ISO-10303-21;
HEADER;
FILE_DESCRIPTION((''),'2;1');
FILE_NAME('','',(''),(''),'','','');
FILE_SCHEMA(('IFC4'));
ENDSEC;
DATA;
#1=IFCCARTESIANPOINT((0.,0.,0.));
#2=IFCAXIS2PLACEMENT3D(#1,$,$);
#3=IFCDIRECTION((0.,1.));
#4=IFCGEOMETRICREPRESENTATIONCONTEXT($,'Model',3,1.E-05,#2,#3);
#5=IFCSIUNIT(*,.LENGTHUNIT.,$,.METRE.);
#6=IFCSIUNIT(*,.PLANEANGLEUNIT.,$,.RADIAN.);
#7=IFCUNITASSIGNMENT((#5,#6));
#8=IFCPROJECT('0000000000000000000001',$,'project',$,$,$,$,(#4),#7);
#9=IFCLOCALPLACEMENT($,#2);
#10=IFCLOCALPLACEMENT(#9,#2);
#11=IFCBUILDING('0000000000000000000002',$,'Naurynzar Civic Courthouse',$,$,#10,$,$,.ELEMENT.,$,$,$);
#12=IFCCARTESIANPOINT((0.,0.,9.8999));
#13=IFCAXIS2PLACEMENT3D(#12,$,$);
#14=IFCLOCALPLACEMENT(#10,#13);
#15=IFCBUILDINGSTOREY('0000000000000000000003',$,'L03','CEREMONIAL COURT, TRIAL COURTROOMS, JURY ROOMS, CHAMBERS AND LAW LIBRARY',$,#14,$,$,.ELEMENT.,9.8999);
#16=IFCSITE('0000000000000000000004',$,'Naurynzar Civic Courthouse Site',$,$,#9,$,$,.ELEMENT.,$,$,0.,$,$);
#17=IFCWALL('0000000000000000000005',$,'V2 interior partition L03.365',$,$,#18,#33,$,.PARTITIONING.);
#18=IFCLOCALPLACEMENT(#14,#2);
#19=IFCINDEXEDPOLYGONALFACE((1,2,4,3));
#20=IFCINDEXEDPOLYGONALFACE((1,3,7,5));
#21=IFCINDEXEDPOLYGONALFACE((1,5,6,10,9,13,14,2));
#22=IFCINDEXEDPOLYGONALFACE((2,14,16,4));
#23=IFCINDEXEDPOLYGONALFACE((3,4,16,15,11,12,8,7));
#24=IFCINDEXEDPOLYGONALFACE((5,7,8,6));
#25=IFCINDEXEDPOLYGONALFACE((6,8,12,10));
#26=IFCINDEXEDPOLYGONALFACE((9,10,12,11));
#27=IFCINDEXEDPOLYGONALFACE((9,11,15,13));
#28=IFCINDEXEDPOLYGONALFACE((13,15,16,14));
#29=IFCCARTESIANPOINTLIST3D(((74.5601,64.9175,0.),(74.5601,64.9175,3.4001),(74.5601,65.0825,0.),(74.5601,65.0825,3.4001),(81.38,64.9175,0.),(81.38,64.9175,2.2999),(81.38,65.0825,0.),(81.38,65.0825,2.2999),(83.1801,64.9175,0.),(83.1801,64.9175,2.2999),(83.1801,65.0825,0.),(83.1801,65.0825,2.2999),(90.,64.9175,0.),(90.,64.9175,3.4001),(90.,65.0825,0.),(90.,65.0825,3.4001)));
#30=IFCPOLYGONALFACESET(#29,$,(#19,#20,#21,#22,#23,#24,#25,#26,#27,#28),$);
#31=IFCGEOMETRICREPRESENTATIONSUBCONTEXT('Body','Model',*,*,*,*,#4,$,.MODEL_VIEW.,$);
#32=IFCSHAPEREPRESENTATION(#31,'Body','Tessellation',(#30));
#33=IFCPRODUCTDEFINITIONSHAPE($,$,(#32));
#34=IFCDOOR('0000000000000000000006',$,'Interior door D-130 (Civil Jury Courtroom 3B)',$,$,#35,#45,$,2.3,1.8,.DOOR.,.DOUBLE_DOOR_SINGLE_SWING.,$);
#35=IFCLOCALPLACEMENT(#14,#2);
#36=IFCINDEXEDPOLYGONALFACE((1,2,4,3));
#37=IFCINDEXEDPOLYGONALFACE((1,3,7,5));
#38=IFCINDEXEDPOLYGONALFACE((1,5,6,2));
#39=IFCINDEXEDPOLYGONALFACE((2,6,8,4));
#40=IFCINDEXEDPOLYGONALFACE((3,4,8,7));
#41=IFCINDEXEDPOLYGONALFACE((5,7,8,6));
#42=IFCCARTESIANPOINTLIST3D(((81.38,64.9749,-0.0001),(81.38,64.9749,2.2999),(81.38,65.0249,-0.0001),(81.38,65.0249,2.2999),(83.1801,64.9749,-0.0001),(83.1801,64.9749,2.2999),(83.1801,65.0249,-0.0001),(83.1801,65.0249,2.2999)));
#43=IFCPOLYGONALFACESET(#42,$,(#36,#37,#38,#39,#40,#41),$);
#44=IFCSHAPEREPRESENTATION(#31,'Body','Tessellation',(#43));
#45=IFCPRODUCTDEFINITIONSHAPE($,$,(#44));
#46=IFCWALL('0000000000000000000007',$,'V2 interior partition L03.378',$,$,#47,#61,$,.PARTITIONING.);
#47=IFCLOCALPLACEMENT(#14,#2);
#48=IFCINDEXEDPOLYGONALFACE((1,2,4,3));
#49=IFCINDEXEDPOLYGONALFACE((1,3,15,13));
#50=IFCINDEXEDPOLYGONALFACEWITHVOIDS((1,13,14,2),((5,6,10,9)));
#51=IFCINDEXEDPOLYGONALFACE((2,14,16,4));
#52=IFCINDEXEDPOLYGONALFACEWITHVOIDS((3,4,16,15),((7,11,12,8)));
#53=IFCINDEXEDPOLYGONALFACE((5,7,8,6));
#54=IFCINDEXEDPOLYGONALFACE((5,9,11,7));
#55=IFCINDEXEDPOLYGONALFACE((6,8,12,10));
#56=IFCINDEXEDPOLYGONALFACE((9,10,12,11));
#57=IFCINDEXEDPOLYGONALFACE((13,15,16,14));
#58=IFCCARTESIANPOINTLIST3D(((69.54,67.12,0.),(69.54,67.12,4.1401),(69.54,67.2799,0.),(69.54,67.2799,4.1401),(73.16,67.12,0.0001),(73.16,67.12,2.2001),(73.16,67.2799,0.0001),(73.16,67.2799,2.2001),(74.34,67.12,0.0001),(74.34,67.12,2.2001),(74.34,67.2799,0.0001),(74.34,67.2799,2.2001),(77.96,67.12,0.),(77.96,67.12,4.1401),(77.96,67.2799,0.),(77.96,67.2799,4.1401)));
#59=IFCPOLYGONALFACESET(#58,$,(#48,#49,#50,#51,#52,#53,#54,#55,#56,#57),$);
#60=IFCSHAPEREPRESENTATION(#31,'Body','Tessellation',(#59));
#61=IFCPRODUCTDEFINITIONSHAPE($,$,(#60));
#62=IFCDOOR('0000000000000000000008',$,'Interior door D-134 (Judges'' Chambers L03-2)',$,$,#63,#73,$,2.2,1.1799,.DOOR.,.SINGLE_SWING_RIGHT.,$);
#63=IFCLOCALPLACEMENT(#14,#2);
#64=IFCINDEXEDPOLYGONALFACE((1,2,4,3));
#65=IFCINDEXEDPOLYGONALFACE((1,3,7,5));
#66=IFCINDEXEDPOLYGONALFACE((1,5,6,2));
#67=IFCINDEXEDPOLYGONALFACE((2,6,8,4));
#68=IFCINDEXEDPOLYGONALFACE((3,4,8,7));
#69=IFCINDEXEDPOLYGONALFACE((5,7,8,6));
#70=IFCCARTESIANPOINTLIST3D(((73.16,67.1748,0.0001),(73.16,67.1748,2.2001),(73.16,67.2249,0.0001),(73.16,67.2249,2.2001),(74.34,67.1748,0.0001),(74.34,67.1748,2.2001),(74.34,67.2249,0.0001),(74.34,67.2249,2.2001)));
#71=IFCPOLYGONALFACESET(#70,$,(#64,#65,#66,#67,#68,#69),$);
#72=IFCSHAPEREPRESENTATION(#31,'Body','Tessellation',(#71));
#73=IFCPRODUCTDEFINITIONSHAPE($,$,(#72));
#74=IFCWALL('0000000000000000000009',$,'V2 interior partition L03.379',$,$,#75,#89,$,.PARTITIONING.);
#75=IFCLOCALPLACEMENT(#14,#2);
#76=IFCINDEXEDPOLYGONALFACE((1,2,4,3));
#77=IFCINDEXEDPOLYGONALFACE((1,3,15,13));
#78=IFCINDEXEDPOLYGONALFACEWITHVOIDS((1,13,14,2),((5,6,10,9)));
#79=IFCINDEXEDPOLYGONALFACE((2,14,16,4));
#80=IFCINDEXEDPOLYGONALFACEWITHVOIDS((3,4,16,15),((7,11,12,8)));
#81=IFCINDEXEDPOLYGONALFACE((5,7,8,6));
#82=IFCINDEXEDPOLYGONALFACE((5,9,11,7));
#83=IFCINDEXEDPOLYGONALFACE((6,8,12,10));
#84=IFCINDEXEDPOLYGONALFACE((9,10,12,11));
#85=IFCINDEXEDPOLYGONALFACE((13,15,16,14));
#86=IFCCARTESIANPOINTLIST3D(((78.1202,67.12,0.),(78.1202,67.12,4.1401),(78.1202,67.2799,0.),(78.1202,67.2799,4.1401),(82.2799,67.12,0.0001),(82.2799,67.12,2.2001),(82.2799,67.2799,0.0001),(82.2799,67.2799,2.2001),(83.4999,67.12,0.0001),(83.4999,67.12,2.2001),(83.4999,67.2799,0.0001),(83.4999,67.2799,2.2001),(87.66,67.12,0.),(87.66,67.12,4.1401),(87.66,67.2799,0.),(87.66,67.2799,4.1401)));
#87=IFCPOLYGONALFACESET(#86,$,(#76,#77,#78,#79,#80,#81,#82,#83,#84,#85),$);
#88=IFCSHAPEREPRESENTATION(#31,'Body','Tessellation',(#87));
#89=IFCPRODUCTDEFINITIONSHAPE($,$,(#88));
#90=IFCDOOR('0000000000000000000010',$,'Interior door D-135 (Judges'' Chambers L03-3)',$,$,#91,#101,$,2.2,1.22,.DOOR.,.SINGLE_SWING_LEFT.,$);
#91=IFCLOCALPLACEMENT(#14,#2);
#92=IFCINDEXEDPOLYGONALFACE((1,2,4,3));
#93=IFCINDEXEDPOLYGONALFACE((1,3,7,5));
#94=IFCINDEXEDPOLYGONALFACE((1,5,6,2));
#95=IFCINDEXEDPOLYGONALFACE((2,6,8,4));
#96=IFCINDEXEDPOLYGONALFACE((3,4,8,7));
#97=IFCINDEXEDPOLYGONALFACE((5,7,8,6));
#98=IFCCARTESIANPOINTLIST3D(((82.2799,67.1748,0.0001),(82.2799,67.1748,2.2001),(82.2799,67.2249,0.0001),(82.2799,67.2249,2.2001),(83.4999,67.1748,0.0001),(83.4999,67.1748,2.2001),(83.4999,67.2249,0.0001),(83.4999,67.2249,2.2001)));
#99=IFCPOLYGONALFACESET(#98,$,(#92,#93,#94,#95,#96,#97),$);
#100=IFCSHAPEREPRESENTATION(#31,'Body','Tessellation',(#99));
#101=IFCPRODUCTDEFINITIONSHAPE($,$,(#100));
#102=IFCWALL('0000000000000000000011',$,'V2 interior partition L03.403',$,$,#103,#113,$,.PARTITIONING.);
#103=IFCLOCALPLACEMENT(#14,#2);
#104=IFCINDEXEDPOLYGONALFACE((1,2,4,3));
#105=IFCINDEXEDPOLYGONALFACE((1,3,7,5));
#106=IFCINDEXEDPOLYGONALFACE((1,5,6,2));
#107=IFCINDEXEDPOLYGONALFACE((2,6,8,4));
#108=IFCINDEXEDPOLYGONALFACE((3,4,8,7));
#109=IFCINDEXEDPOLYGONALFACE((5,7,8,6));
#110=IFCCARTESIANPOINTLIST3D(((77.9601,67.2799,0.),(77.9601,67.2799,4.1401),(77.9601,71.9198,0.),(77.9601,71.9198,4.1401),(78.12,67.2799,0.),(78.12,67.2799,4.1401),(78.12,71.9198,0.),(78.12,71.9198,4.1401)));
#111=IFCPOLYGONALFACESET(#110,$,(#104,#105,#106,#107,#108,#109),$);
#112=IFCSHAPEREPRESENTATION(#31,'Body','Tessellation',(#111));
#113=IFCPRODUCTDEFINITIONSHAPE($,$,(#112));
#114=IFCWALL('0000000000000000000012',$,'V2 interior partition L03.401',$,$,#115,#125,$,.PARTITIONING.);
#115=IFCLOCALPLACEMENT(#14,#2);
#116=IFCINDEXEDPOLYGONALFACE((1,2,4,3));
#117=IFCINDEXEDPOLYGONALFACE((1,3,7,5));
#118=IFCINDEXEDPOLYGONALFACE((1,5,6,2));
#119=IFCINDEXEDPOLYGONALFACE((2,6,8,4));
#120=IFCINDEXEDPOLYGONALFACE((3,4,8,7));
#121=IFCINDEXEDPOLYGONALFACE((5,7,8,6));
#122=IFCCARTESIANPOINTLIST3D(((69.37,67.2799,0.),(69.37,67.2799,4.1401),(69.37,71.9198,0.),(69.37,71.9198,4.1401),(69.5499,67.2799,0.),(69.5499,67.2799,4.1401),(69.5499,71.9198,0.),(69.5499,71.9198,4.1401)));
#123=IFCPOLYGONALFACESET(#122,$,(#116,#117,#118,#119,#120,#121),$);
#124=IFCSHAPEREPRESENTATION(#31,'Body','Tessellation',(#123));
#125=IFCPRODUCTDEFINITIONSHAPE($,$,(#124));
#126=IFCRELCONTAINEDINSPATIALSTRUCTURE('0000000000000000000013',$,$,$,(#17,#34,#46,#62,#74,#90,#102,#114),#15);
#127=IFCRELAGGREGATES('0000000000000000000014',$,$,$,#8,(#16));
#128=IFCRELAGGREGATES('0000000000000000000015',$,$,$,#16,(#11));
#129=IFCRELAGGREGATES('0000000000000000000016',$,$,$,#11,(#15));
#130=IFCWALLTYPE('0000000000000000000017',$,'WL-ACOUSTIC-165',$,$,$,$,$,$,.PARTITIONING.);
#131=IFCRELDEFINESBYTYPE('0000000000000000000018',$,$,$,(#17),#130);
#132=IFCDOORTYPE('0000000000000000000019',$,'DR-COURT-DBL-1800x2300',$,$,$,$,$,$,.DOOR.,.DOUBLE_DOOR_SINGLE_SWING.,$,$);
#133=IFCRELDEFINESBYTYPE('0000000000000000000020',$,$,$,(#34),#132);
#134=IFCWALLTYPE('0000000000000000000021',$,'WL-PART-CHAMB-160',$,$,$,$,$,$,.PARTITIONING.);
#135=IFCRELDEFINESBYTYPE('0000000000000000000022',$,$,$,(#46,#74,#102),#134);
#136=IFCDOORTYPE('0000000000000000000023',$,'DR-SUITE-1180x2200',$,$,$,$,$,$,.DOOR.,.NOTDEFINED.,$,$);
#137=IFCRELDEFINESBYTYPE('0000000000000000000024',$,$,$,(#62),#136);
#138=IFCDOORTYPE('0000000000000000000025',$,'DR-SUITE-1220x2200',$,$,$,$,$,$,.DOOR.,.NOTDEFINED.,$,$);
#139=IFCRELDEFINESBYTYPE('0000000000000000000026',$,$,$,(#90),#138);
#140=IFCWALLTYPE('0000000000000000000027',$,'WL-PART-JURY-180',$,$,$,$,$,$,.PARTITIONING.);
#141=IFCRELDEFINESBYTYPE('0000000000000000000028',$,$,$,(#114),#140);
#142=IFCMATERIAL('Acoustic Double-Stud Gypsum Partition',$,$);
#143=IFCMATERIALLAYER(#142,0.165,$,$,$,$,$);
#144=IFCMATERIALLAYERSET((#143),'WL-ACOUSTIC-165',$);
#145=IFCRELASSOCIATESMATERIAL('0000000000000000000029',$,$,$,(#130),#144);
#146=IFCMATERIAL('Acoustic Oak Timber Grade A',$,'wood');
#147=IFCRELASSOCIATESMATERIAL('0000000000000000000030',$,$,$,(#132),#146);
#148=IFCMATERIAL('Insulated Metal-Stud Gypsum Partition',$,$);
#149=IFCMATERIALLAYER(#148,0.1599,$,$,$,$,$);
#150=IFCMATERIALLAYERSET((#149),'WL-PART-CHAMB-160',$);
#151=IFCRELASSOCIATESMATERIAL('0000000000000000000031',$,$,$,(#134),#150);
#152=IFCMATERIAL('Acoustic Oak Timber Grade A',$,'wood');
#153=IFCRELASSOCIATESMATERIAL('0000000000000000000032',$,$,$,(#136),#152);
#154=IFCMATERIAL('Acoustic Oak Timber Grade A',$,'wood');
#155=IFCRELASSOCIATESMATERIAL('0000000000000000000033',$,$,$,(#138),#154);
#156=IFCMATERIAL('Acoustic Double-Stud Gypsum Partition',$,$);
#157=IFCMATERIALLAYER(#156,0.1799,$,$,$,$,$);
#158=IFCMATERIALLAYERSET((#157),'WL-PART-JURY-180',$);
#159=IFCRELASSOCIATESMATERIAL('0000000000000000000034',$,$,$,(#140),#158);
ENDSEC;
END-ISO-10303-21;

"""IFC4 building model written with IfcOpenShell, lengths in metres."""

from ifc_helpers import new_model, si_unit, direction, frame, frame_2d, origin, place, context, subcontext, project, spatial, rectangle, extrude, material, layer, layer_set, type_object, element, fill, save


model = new_model("IFC4")

# Units and contexts
model_context = context("Model", 3, precision=1e-05, world=origin(), true_north=direction((0.0, 1.0)))
body_context = subcontext(model_context, "Body", "Model", "MODEL_VIEW")
ifc_project = project(units=[si_unit("LENGTHUNIT", "METRE"), si_unit("PLANEANGLEUNIT", "RADIAN")], contexts=[model_context])

# Site, building, storey
site_placement = place(None, origin())
site = spatial("IfcSite", under=ifc_project, at=site_placement, Name="Naurynzar Civic Courthouse Site", CompositionType="ELEMENT", RefElevation=0.0)
building_placement = place(site_placement, origin())
building = spatial("IfcBuilding", under=site, at=building_placement, Name="Naurynzar Civic Courthouse", CompositionType="ELEMENT")
storey_placement = place(building_placement, frame((0.0, 0.0, 9.8999)))
storey = spatial("IfcBuildingStorey", under=building, at=storey_placement, Name="L03", Description="CEREMONIAL COURT, TRIAL COURTROOMS, JURY ROOMS, CHAMBERS AND LAW LIBRARY", CompositionType="ELEMENT", Elevation=9.8999)

# Walls, openings, doors
ifc_material_1 = material(Name="Acoustic Double-Stud Gypsum Partition")
ifc_layer_1 = layer(ifc_material_1, 0.165)
ifc_layer_set_1 = layer_set([ifc_layer_1], Name="WL-ACOUSTIC-165")
wall_type_1 = type_object("IfcWallType", Name="WL-ACOUSTIC-165", PredefinedType="PARTITIONING", material=ifc_layer_set_1)
wall_1_placement = place(storey_placement, frame((74.5601, 65.0, 0.0), z_axis=(0.0, 0.0, 1.0), x_axis=(1.0, 0.0, 0.0)))
wall_1 = element("IfcWall", 1, at=wall_1_placement, inside=storey, type_object=wall_type_1, Name="V2 interior partition L03.365", PredefinedType="PARTITIONING", context=body_context, shape_type="SweptSolid", body=[
    extrude(rectangle(XDim=15.4399, YDim=0.165, at=frame_2d((7.72, 0.0))), origin(), (0.0, 0.0, 1.0), 3.4001),
])
opening_1_placement = place(wall_1_placement, frame((6.8201, 0.0, 0.0)))
opening_1 = element("IfcOpeningElement", 2, at=opening_1_placement, cuts=wall_1, PredefinedType="OPENING", context=body_context, shape_type="SweptSolid", body=[
    extrude(rectangle(XDim=1.8, YDim=2.3, at=frame_2d((0.8999, 1.1499))), frame((0.0, 0.0925, 0.0), z_axis=(0.0, -1.0, 0.0), x_axis=(1.0, 0.0, 0.0)), (0.0, 0.0, 1.0), 0.1851),
])
ifc_material_2 = material(Name="Acoustic Oak Timber Grade A", Category="wood")
door_type_1 = type_object("IfcDoorType", Name="DR-COURT-DBL-1800x2300", OperationType="DOUBLE_DOOR_SINGLE_SWING", PredefinedType="DOOR", material=ifc_material_2)
door_1_placement = place(opening_1_placement, origin())
door_1 = element("IfcDoor", 3, at=door_1_placement, inside=storey, type_object=door_type_1, Name="Interior door D-130 (Civil Jury Courtroom 3B)", OperationType="DOUBLE_DOOR_SINGLE_SWING", OverallHeight=2.3, OverallWidth=1.8, PredefinedType="DOOR", context=body_context, shape_type="SweptSolid", body=[
    extrude(rectangle(XDim=1.8, YDim=2.3, at=frame_2d((0.8999, 1.1499))), frame((0.0, 0.0249, 0.0), z_axis=(0.0, -1.0, 0.0), x_axis=(1.0, 0.0, 0.0)), (0.0, 0.0, 1.0), 0.05),
])
fill(opening_1, door_1)
ifc_material_3 = material(Name="Insulated Metal-Stud Gypsum Partition")
ifc_layer_2 = layer(ifc_material_3, 0.1599)
ifc_layer_set_2 = layer_set([ifc_layer_2], Name="WL-PART-CHAMB-160")
wall_type_2 = type_object("IfcWallType", Name="WL-PART-CHAMB-160", PredefinedType="PARTITIONING", material=ifc_layer_set_2)
wall_2_placement = place(storey_placement, frame((69.54, 67.2, 0.0), z_axis=(0.0, 0.0, 1.0), x_axis=(1.0, 0.0, 0.0)))
wall_2 = element("IfcWall", 4, at=wall_2_placement, inside=storey, type_object=wall_type_2, Name="V2 interior partition L03.378", PredefinedType="PARTITIONING", context=body_context, shape_type="SweptSolid", body=[
    extrude(rectangle(XDim=8.4199, YDim=0.1599, at=frame_2d((4.21, 0.0))), origin(), (0.0, 0.0, 1.0), 4.1401),
])
opening_2_placement = place(wall_2_placement, frame((3.6201, 0.0, 0.0)))
opening_2 = element("IfcOpeningElement", 5, at=opening_2_placement, cuts=wall_2, PredefinedType="OPENING", context=body_context, shape_type="SweptSolid", body=[
    extrude(rectangle(XDim=1.1799, YDim=2.2, at=frame_2d((0.5898, 1.1001))), frame((0.0, 0.0898, 0.0), z_axis=(0.0, -1.0, 0.0), x_axis=(1.0, 0.0, 0.0)), (0.0, 0.0, 1.0), 0.1799),
])
ifc_material_4 = material(Name="Acoustic Oak Timber Grade A", Category="wood")
door_type_2 = type_object("IfcDoorType", Name="DR-SUITE-1180x2200", OperationType="NOTDEFINED", PredefinedType="DOOR", material=ifc_material_4)
door_2_placement = place(opening_2_placement, origin())
door_2 = element("IfcDoor", 6, at=door_2_placement, inside=storey, type_object=door_type_2, Name="Interior door D-134 (Judges' Chambers L03-2)", OperationType="SINGLE_SWING_RIGHT", OverallHeight=2.2, OverallWidth=1.1799, PredefinedType="DOOR", context=body_context, shape_type="SweptSolid", body=[
    extrude(rectangle(XDim=1.1799, YDim=2.2, at=frame_2d((0.5898, 1.1001))), frame((0.0, 0.0249, 0.0), z_axis=(0.0, -1.0, 0.0), x_axis=(1.0, 0.0, 0.0)), (0.0, 0.0, 1.0), 0.05),
])
fill(opening_2, door_2)
wall_3_placement = place(storey_placement, frame((78.1201, 67.2, 0.0), z_axis=(0.0, 0.0, 1.0), x_axis=(1.0, 0.0, 0.0)))
wall_3 = element("IfcWall", 7, at=wall_3_placement, inside=storey, type_object=wall_type_2, Name="V2 interior partition L03.379", PredefinedType="PARTITIONING", context=body_context, shape_type="SweptSolid", body=[
    extrude(rectangle(XDim=9.5398, YDim=0.1599, at=frame_2d((4.77, 0.0))), origin(), (0.0, 0.0, 1.0), 4.1401),
])
opening_3_placement = place(wall_3_placement, frame((4.1599, 0.0, 0.0)))
opening_3 = element("IfcOpeningElement", 8, at=opening_3_placement, cuts=wall_3, PredefinedType="OPENING", context=body_context, shape_type="SweptSolid", body=[
    extrude(rectangle(XDim=1.22, YDim=2.2, at=frame_2d((0.6099, 1.1001))), frame((0.0, 0.0898, 0.0), z_axis=(0.0, -1.0, 0.0), x_axis=(1.0, 0.0, 0.0)), (0.0, 0.0, 1.0), 0.1799),
])
ifc_material_5 = material(Name="Acoustic Oak Timber Grade A", Category="wood")
door_type_3 = type_object("IfcDoorType", Name="DR-SUITE-1220x2200", OperationType="NOTDEFINED", PredefinedType="DOOR", material=ifc_material_5)
door_3_placement = place(opening_3_placement, origin())
door_3 = element("IfcDoor", 9, at=door_3_placement, inside=storey, type_object=door_type_3, Name="Interior door D-135 (Judges' Chambers L03-3)", OperationType="SINGLE_SWING_LEFT", OverallHeight=2.2, OverallWidth=1.22, PredefinedType="DOOR", context=body_context, shape_type="SweptSolid", body=[
    extrude(rectangle(XDim=1.22, YDim=2.2, at=frame_2d((0.6099, 1.1001))), frame((0.0, 0.0249, 0.0), z_axis=(0.0, -1.0, 0.0), x_axis=(1.0, 0.0, 0.0)), (0.0, 0.0, 1.0), 0.05),
])
fill(opening_3, door_3)

# Walls
wall_4_placement = place(storey_placement, frame((78.04, 67.28, 0.0), z_axis=(0.0, 0.0, 1.0), x_axis=(0.0, 1.0, 0.0)))
element("IfcWall", 10, at=wall_4_placement, inside=storey, type_object=wall_type_2, Name="V2 interior partition L03.403", PredefinedType="PARTITIONING", context=body_context, shape_type="SweptSolid", body=[
    extrude(rectangle(XDim=4.6399, YDim=0.1599, at=frame_2d((2.3198, 0.0))), origin(), (0.0, 0.0, 1.0), 4.1401),
])
ifc_material_6 = material(Name="Acoustic Double-Stud Gypsum Partition")
ifc_layer_3 = layer(ifc_material_6, 0.1799)
ifc_layer_set_3 = layer_set([ifc_layer_3], Name="WL-PART-JURY-180")
wall_type_3 = type_object("IfcWallType", Name="WL-PART-JURY-180", PredefinedType="PARTITIONING", material=ifc_layer_set_3)
wall_5_placement = place(storey_placement, frame((69.46, 67.28, 0.0), z_axis=(0.0, 0.0, 1.0), x_axis=(0.0, 1.0, 0.0)))
element("IfcWall", 11, at=wall_5_placement, inside=storey, type_object=wall_type_3, Name="V2 interior partition L03.401", PredefinedType="PARTITIONING", context=body_context, shape_type="SweptSolid", body=[
    extrude(rectangle(XDim=4.6399, YDim=0.1799, at=frame_2d((2.3198, 0.0))), origin(), (0.0, 0.0, 1.0), 4.1401),
])

save(model, "model.ifc")
